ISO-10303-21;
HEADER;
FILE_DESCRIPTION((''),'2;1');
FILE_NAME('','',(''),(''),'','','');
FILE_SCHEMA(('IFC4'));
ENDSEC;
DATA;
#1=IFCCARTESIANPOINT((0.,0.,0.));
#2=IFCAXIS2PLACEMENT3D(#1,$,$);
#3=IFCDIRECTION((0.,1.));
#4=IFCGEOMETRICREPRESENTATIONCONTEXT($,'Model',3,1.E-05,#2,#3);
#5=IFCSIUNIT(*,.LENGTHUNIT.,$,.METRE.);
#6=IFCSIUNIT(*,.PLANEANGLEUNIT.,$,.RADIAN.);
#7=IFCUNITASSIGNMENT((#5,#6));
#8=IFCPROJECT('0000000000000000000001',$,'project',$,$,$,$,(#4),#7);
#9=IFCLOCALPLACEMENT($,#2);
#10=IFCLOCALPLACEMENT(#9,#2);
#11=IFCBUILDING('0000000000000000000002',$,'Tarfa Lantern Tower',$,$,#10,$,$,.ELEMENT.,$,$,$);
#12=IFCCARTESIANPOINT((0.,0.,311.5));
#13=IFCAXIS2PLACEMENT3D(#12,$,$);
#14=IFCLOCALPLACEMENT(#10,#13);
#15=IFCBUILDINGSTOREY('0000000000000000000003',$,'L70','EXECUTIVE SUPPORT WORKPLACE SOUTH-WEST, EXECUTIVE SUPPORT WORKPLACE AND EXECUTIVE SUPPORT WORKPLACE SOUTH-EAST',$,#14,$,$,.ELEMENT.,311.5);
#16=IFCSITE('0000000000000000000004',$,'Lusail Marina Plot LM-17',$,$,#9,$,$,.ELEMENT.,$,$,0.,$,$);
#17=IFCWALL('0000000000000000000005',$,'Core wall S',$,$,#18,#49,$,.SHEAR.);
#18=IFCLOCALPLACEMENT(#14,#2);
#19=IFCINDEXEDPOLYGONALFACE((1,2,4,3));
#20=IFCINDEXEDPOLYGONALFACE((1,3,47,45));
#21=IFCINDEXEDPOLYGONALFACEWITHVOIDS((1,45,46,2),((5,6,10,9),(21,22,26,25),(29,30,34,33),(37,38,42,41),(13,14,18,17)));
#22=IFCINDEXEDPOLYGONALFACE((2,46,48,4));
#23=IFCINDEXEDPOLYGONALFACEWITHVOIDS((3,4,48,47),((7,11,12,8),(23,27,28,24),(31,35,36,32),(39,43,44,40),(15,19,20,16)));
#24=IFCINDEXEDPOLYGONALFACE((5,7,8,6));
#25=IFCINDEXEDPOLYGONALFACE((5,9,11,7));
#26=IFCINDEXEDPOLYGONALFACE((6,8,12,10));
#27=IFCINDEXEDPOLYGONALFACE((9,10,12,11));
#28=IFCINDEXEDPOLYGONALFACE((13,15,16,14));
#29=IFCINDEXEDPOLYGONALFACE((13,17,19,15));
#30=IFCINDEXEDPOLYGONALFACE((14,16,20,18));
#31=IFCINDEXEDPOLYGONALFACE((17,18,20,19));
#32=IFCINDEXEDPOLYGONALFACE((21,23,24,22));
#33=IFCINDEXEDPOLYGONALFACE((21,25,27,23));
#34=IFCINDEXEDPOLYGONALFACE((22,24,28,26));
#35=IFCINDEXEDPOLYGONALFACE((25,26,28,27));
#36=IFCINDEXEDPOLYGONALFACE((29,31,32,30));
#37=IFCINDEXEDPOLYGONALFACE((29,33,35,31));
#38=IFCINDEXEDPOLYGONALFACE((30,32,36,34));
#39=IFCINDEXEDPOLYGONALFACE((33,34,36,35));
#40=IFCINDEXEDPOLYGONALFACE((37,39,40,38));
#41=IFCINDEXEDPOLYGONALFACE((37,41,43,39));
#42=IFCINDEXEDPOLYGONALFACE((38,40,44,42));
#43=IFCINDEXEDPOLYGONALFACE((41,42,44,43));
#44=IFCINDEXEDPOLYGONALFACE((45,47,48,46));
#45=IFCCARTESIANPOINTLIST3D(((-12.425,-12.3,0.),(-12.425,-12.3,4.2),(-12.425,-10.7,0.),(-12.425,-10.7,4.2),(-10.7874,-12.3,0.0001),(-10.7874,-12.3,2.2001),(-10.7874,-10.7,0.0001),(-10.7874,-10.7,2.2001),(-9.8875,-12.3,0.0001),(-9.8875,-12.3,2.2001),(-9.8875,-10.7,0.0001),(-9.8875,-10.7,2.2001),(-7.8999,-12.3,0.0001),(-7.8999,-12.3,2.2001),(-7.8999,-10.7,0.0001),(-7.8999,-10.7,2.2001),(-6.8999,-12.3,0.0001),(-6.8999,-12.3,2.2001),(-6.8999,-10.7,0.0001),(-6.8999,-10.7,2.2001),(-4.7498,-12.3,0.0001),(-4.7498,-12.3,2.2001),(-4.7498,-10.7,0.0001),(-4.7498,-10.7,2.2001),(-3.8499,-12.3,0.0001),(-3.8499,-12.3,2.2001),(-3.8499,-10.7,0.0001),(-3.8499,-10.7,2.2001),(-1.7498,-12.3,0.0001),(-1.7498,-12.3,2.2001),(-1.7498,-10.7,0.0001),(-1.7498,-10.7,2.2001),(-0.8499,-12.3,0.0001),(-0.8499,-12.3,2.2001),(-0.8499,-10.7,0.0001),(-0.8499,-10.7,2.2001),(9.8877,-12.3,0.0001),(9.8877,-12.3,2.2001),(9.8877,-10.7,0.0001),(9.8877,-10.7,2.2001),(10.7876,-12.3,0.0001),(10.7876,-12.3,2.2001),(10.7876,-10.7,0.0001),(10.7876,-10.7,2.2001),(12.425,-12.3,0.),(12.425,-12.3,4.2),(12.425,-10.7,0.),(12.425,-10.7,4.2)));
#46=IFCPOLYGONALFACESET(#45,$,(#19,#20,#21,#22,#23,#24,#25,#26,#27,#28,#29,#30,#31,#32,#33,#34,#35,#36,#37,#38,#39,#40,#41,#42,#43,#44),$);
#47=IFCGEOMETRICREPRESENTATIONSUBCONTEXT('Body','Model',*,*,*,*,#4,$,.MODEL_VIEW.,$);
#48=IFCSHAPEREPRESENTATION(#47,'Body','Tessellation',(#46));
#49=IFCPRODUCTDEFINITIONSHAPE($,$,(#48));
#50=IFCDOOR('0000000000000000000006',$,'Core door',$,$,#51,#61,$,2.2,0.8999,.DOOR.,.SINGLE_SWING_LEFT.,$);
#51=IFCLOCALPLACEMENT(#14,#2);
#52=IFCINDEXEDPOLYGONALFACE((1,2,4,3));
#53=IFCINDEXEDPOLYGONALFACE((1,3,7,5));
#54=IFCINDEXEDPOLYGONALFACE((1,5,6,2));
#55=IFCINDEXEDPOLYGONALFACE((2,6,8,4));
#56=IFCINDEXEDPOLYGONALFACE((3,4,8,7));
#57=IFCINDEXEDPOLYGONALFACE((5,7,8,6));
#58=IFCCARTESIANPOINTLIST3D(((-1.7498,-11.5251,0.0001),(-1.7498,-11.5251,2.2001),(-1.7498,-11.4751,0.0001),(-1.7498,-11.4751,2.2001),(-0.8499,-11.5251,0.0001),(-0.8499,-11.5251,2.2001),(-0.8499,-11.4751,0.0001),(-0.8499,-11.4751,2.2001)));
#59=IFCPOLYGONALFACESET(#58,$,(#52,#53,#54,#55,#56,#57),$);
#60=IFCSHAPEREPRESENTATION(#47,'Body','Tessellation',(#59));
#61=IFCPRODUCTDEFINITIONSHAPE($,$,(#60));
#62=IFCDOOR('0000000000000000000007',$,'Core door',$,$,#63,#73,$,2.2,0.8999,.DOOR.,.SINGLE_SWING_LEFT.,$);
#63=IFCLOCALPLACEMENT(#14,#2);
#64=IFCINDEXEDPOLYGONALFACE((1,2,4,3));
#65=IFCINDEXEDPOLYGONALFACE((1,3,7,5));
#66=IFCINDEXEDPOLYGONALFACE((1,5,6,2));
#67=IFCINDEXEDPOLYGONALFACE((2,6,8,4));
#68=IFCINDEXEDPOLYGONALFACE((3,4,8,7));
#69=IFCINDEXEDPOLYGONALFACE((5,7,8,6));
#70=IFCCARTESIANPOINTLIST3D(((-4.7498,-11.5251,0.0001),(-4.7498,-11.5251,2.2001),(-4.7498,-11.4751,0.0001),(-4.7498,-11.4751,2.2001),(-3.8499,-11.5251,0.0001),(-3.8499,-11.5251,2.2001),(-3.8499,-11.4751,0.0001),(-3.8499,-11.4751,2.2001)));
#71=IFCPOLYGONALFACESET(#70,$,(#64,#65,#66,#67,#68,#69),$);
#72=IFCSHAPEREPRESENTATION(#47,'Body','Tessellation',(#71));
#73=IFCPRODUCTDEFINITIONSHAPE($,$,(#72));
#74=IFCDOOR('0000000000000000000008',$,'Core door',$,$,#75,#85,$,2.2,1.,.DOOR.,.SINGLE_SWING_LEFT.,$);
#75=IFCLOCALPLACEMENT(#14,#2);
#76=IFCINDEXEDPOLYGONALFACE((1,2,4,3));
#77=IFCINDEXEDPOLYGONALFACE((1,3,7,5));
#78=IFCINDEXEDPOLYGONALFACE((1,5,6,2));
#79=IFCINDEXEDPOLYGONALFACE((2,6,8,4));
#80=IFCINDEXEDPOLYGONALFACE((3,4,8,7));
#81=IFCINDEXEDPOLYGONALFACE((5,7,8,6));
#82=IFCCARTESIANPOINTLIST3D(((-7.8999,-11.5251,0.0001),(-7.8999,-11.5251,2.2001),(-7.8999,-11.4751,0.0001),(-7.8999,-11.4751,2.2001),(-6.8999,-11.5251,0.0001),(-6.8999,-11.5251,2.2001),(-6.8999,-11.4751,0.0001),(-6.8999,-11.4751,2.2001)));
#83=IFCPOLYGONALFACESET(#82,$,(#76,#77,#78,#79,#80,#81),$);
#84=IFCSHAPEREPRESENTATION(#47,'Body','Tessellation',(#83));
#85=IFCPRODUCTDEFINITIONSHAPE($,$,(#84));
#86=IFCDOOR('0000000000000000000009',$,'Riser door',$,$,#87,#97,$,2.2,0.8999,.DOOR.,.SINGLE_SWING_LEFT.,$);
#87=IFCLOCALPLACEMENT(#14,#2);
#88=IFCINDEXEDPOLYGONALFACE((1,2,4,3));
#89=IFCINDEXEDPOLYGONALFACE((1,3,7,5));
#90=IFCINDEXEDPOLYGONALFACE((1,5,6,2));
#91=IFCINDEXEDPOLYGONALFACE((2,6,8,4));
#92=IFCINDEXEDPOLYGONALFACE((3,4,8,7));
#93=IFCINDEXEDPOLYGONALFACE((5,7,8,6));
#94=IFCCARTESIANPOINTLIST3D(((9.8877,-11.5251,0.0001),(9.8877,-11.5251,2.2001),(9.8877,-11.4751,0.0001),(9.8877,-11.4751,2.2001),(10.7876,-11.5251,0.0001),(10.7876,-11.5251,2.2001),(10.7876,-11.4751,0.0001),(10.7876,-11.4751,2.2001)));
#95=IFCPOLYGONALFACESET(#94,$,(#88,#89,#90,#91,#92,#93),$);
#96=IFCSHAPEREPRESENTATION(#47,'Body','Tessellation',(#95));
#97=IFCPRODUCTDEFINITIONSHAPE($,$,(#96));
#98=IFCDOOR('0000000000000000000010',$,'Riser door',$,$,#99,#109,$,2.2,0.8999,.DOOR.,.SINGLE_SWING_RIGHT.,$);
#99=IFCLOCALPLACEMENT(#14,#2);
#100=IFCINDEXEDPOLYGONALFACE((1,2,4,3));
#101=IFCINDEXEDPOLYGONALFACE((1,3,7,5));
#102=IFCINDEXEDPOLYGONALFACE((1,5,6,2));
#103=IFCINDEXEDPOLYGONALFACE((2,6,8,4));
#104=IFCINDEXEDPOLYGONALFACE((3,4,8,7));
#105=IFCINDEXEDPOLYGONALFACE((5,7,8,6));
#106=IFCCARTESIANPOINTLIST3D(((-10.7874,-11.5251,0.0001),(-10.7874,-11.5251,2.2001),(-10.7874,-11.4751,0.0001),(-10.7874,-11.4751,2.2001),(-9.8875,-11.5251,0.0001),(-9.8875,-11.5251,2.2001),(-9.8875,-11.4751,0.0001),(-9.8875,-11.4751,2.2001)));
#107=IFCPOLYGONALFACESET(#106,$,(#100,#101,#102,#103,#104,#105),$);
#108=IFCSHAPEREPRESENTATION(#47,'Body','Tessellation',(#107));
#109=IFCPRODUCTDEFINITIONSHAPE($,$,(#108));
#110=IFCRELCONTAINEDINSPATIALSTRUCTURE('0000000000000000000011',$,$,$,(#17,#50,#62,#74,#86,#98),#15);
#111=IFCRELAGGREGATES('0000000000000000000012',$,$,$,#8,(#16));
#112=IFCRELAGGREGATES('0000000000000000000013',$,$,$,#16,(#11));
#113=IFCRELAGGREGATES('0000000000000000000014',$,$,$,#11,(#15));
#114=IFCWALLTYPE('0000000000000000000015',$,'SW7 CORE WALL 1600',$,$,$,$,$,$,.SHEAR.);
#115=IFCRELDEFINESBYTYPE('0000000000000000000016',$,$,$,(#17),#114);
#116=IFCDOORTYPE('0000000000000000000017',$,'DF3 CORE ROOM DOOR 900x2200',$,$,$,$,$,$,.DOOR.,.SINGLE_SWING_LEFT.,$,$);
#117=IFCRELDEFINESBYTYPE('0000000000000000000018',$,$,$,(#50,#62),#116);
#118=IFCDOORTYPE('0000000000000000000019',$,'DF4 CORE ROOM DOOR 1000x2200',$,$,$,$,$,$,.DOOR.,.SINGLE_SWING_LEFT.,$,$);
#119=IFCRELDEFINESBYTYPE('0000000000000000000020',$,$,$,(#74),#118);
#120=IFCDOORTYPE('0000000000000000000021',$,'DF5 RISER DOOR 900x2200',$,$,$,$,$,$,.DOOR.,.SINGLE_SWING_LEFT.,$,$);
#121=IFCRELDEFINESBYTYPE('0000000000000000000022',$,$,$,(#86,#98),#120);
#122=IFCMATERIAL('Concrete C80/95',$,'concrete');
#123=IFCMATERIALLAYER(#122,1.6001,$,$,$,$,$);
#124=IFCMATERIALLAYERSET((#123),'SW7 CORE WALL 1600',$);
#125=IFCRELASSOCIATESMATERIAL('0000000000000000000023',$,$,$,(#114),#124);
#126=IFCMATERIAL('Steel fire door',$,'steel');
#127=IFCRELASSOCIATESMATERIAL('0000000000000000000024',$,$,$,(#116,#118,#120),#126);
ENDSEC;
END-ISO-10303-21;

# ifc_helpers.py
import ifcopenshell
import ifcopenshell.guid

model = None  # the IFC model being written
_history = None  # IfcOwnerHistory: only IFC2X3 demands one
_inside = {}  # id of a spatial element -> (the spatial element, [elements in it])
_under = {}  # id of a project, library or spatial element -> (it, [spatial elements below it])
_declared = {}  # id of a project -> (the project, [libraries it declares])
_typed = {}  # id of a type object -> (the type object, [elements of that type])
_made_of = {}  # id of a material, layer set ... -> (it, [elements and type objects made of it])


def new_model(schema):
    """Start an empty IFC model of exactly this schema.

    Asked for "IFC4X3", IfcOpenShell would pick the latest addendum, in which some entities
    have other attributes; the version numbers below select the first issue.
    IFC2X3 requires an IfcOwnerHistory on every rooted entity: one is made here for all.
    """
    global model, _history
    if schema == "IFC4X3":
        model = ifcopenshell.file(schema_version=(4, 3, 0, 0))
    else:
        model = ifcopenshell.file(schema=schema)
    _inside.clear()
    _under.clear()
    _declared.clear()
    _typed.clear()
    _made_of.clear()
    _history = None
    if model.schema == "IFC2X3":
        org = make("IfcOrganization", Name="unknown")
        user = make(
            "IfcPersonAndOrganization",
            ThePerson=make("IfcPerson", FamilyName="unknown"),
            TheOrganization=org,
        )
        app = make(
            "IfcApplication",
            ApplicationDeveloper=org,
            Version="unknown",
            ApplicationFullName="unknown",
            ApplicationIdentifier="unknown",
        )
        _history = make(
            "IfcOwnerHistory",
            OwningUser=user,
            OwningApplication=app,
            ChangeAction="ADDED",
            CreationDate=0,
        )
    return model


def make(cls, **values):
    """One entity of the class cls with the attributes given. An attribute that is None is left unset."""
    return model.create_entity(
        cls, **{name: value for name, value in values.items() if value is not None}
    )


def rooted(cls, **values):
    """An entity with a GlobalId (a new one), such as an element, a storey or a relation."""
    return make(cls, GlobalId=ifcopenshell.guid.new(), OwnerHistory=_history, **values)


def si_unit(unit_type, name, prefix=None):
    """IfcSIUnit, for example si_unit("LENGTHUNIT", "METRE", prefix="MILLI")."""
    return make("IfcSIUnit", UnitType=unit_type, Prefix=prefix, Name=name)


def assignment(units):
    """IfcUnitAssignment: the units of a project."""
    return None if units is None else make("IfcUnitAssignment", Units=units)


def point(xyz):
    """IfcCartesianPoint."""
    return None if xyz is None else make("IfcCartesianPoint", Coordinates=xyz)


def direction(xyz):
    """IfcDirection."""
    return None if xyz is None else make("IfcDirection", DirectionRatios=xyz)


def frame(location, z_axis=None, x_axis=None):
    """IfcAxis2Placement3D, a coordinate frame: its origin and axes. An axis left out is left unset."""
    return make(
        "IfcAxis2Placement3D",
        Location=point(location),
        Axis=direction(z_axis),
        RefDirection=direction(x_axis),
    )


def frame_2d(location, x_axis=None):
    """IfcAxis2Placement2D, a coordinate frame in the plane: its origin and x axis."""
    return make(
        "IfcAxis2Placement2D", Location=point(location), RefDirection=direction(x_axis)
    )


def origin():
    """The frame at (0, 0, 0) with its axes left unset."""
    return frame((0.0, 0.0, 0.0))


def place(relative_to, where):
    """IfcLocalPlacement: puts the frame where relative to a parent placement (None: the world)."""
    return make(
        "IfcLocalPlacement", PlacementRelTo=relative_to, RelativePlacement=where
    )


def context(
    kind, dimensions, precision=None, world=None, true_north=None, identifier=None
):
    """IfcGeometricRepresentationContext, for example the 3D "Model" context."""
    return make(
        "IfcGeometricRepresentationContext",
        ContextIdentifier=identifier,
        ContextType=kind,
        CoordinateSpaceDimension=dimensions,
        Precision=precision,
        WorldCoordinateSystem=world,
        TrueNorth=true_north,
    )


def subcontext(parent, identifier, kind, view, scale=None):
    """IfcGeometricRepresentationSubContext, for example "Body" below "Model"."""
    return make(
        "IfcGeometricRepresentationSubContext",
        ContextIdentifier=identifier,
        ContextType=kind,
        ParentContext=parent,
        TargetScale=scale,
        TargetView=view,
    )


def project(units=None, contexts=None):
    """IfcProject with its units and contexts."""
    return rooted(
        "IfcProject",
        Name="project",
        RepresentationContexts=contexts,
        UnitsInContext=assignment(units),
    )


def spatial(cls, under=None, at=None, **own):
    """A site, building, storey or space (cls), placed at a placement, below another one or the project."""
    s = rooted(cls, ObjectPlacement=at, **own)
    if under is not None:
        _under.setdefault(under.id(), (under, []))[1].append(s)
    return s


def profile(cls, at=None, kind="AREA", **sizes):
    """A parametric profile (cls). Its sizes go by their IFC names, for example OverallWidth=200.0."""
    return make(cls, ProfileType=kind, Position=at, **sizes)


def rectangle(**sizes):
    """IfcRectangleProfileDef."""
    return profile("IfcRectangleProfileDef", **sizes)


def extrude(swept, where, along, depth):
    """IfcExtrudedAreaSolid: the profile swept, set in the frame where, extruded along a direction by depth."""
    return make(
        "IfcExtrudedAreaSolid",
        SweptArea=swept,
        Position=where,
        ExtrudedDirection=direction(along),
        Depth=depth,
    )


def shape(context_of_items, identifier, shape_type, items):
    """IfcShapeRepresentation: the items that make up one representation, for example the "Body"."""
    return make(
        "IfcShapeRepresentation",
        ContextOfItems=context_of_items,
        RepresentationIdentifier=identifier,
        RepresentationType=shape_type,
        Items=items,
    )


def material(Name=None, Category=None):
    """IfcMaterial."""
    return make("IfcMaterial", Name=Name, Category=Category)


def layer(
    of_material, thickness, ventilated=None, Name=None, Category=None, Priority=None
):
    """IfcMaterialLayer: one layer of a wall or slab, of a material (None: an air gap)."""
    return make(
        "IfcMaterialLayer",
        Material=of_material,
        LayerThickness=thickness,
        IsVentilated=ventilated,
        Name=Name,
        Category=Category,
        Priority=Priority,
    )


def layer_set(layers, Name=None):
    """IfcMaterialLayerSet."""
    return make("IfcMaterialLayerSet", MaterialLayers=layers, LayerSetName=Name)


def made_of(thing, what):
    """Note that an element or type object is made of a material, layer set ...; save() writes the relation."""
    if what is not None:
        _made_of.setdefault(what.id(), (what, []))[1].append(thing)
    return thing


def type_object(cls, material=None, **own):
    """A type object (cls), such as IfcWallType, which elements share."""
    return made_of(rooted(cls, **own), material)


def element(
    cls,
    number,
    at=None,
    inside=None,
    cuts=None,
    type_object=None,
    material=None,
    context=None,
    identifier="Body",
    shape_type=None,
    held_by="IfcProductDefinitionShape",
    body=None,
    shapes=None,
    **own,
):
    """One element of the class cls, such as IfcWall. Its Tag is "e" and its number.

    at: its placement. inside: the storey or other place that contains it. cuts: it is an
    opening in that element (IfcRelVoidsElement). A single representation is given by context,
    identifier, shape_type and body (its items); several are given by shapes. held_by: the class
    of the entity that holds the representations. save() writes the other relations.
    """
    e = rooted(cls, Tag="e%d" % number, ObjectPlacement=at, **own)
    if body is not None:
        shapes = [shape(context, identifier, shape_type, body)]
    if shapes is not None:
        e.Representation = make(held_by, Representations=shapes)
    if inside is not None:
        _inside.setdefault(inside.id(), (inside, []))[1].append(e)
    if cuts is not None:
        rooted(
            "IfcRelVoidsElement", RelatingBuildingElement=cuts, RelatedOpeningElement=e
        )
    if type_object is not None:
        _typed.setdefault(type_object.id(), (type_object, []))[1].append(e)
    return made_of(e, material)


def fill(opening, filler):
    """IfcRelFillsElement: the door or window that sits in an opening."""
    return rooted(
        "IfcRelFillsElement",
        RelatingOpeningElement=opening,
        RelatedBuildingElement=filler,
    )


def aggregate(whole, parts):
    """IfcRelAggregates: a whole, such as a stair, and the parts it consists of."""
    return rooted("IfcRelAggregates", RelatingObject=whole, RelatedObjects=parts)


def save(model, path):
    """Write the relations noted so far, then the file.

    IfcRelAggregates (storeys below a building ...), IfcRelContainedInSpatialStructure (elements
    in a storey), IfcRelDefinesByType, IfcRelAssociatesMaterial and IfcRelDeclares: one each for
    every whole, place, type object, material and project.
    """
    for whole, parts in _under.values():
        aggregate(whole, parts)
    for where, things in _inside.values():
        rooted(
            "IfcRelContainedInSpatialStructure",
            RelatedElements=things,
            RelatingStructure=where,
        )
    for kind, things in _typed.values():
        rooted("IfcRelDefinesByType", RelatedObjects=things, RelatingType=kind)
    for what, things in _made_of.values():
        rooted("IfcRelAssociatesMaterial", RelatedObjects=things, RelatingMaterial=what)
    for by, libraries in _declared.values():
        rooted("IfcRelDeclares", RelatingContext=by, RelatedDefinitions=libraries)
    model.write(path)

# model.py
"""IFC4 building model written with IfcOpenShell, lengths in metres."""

from ifc_helpers import new_model, si_unit, direction, frame, frame_2d, origin, place, context, subcontext, project, spatial, rectangle, extrude, material, layer, layer_set, type_object, element, fill, save


model = new_model("IFC4")

# Units and contexts
model_context = context("Model", 3, precision=1e-05, world=origin(), true_north=direction((0.0, 1.0)))
body_context = subcontext(model_context, "Body", "Model", "MODEL_VIEW")
ifc_project = project(units=[si_unit("LENGTHUNIT", "METRE"), si_unit("PLANEANGLEUNIT", "RADIAN")], contexts=[model_context])

# Site, building, storey
site_placement = place(None, origin())
site = spatial("IfcSite", under=ifc_project, at=site_placement, Name="Lusail Marina Plot LM-17", CompositionType="ELEMENT", RefElevation=0.0)
building_placement = place(site_placement, origin())
building = spatial("IfcBuilding", under=site, at=building_placement, Name="Tarfa Lantern Tower", CompositionType="ELEMENT")
storey_placement = place(building_placement, frame((0.0, 0.0, 311.5)))
storey = spatial("IfcBuildingStorey", under=building, at=storey_placement, Name="L70", Description="EXECUTIVE SUPPORT WORKPLACE SOUTH-WEST, EXECUTIVE SUPPORT WORKPLACE AND EXECUTIVE SUPPORT WORKPLACE SOUTH-EAST", CompositionType="ELEMENT", Elevation=311.5)

# Shared definitions
ifc_material_1 = material(Name="Concrete C80/95", Category="concrete")

# Shared definitions
ifc_material_2 = material(Name="Steel fire door", Category="steel")

# Wall, openings, doors
ifc_layer_1 = layer(ifc_material_1, 1.6001)
ifc_layer_set_1 = layer_set([ifc_layer_1], Name="SW7 CORE WALL 1600")
wall_type_1 = type_object("IfcWallType", Name="SW7 CORE WALL 1600", PredefinedType="SHEAR", material=ifc_layer_set_1)
wall_1_placement = place(storey_placement, frame((12.425, -11.5, 0.0), z_axis=(0.0, 0.0, 1.0), x_axis=(-1.0, 0.0, 0.0)))
wall_1 = element("IfcWall", 1, at=wall_1_placement, inside=storey, type_object=wall_type_1, Name="Core wall S", PredefinedType="SHEAR", context=body_context, shape_type="SweptSolid", body=[
    extrude(rectangle(XDim=24.8501, YDim=1.6001, at=frame_2d((12.425, 0.0))), origin(), (0.0, 0.0, 1.0), 4.2),
])
opening_1_placement = place(wall_1_placement, frame((13.2749, 0.0, 0.0)))
opening_1 = element("IfcOpeningElement", 2, at=opening_1_placement, cuts=wall_1, PredefinedType="OPENING", context=body_context, shape_type="SweptSolid", body=[
    extrude(rectangle(XDim=0.8999, YDim=2.2, at=frame_2d((0.45, 1.1001))), frame((0.0, 0.8101, 0.0), z_axis=(0.0, -1.0, 0.0), x_axis=(1.0, 0.0, 0.0)), (0.0, 0.0, 1.0), 1.6201),
])
opening_2_placement = place(wall_1_placement, frame((16.2749, 0.0, 0.0)))
opening_2 = element("IfcOpeningElement", 3, at=opening_2_placement, cuts=wall_1, PredefinedType="OPENING", context=body_context, shape_type="SweptSolid", body=[
    extrude(rectangle(XDim=0.8999, YDim=2.2, at=frame_2d((0.45, 1.1001))), frame((0.0, 0.8101, 0.0), z_axis=(0.0, -1.0, 0.0), x_axis=(1.0, 0.0, 0.0)), (0.0, 0.0, 1.0), 1.6201),
])
opening_3_placement = place(wall_1_placement, frame((19.325, 0.0, 0.0)))
opening_3 = element("IfcOpeningElement", 4, at=opening_3_placement, cuts=wall_1, PredefinedType="OPENING", context=body_context, shape_type="SweptSolid", body=[
    extrude(rectangle(XDim=1.0, YDim=2.2, at=frame_2d((0.5, 1.1001))), frame((0.0, 0.8101, 0.0), z_axis=(0.0, -1.0, 0.0), x_axis=(1.0, 0.0, 0.0)), (0.0, 0.0, 1.0), 1.6201),
])
opening_4_placement = place(wall_1_placement, frame((1.6375, 0.0, 0.0)))
opening_4 = element("IfcOpeningElement", 5, at=opening_4_placement, cuts=wall_1, PredefinedType="OPENING", context=body_context, shape_type="SweptSolid", body=[
    extrude(rectangle(XDim=0.8999, YDim=2.2, at=frame_2d((0.45, 1.1001))), frame((0.0, 0.8101, 0.0), z_axis=(0.0, -1.0, 0.0), x_axis=(1.0, 0.0, 0.0)), (0.0, 0.0, 1.0), 1.6201),
])
opening_5_placement = place(wall_1_placement, frame((22.3125, 0.0, 0.0)))
opening_5 = element("IfcOpeningElement", 6, at=opening_5_placement, cuts=wall_1, PredefinedType="OPENING", context=body_context, shape_type="SweptSolid", body=[
    extrude(rectangle(XDim=0.8999, YDim=2.2, at=frame_2d((0.45, 1.1001))), frame((0.0, 0.8101, 0.0), z_axis=(0.0, -1.0, 0.0), x_axis=(1.0, 0.0, 0.0)), (0.0, 0.0, 1.0), 1.6201),
])
door_type_1 = type_object("IfcDoorType", Name="DF3 CORE ROOM DOOR 900x2200", OperationType="SINGLE_SWING_LEFT", PredefinedType="DOOR", material=ifc_material_2)
door_1_placement = place(opening_1_placement, frame((0.8999, 0.0, 0.0), z_axis=(0.0, 0.0, 1.0), x_axis=(-1.0, 0.0, 0.0)))
door_1 = element("IfcDoor", 7, at=door_1_placement, inside=storey, type_object=door_type_1, Name="Core door", OperationType="SINGLE_SWING_LEFT", OverallHeight=2.2, OverallWidth=0.8999, PredefinedType="DOOR", context=body_context, shape_type="SweptSolid", body=[
    extrude(rectangle(XDim=0.8999, YDim=2.2, at=frame_2d((0.45, 1.1001))), frame((0.0, 0.0249, 0.0), z_axis=(0.0, -1.0, 0.0), x_axis=(1.0, 0.0, 0.0)), (0.0, 0.0, 1.0), 0.05),
])
fill(opening_1, door_1)
door_2_placement = place(opening_2_placement, frame((0.8999, 0.0, 0.0), z_axis=(0.0, 0.0, 1.0), x_axis=(-1.0, 0.0, 0.0)))
door_2 = element("IfcDoor", 8, at=door_2_placement, inside=storey, type_object=door_type_1, Name="Core door", OperationType="SINGLE_SWING_LEFT", OverallHeight=2.2, OverallWidth=0.8999, PredefinedType="DOOR", context=body_context, shape_type="SweptSolid", body=[
    extrude(rectangle(XDim=0.8999, YDim=2.2, at=frame_2d((0.45, 1.1001))), frame((0.0, 0.0249, 0.0), z_axis=(0.0, -1.0, 0.0), x_axis=(1.0, 0.0, 0.0)), (0.0, 0.0, 1.0), 0.05),
])
fill(opening_2, door_2)
door_type_2 = type_object("IfcDoorType", Name="DF4 CORE ROOM DOOR 1000x2200", OperationType="SINGLE_SWING_LEFT", PredefinedType="DOOR", material=ifc_material_2)
door_3_placement = place(opening_3_placement, frame((1.0, 0.0, 0.0), z_axis=(0.0, 0.0, 1.0), x_axis=(-1.0, 0.0, 0.0)))
door_3 = element("IfcDoor", 9, at=door_3_placement, inside=storey, type_object=door_type_2, Name="Core door", OperationType="SINGLE_SWING_LEFT", OverallHeight=2.2, OverallWidth=1.0, PredefinedType="DOOR", context=body_context, shape_type="SweptSolid", body=[
    extrude(rectangle(XDim=1.0, YDim=2.2, at=frame_2d((0.5, 1.1001))), frame((0.0, 0.0249, 0.0), z_axis=(0.0, -1.0, 0.0), x_axis=(1.0, 0.0, 0.0)), (0.0, 0.0, 1.0), 0.05),
])
fill(opening_3, door_3)
door_type_3 = type_object("IfcDoorType", Name="DF5 RISER DOOR 900x2200", OperationType="SINGLE_SWING_LEFT", PredefinedType="DOOR", material=ifc_material_2)
door_4_placement = place(opening_4_placement, frame((0.8999, 0.0, 0.0), z_axis=(0.0, 0.0, 1.0), x_axis=(-1.0, 0.0, 0.0)))
door_4 = element("IfcDoor", 10, at=door_4_placement, inside=storey, type_object=door_type_3, Name="Riser door", OperationType="SINGLE_SWING_LEFT", OverallHeight=2.2, OverallWidth=0.8999, PredefinedType="DOOR", context=body_context, shape_type="SweptSolid", body=[
    extrude(rectangle(XDim=0.8999, YDim=2.2, at=frame_2d((0.45, 1.1001))), frame((0.0, 0.0249, 0.0), z_axis=(0.0, -1.0, 0.0), x_axis=(1.0, 0.0, 0.0)), (0.0, 0.0, 1.0), 0.05),
])
fill(opening_4, door_4)
door_5_placement = place(opening_5_placement, frame((0.8999, 0.0, 0.0), z_axis=(0.0, 0.0, 1.0), x_axis=(-1.0, 0.0, 0.0)))
door_5 = element("IfcDoor", 11, at=door_5_placement, inside=storey, type_object=door_type_3, Name="Riser door", OperationType="SINGLE_SWING_RIGHT", OverallHeight=2.2, OverallWidth=0.8999, PredefinedType="DOOR", context=body_context, shape_type="SweptSolid", body=[
    extrude(rectangle(XDim=0.8999, YDim=2.2, at=frame_2d((0.45, 1.1001))), frame((0.0, 0.0249, 0.0), z_axis=(0.0, -1.0, 0.0), x_axis=(1.0, 0.0, 0.0)), (0.0, 0.0, 1.0), 0.05),
])
fill(opening_5, door_5)

save(model, "model.ifc")
